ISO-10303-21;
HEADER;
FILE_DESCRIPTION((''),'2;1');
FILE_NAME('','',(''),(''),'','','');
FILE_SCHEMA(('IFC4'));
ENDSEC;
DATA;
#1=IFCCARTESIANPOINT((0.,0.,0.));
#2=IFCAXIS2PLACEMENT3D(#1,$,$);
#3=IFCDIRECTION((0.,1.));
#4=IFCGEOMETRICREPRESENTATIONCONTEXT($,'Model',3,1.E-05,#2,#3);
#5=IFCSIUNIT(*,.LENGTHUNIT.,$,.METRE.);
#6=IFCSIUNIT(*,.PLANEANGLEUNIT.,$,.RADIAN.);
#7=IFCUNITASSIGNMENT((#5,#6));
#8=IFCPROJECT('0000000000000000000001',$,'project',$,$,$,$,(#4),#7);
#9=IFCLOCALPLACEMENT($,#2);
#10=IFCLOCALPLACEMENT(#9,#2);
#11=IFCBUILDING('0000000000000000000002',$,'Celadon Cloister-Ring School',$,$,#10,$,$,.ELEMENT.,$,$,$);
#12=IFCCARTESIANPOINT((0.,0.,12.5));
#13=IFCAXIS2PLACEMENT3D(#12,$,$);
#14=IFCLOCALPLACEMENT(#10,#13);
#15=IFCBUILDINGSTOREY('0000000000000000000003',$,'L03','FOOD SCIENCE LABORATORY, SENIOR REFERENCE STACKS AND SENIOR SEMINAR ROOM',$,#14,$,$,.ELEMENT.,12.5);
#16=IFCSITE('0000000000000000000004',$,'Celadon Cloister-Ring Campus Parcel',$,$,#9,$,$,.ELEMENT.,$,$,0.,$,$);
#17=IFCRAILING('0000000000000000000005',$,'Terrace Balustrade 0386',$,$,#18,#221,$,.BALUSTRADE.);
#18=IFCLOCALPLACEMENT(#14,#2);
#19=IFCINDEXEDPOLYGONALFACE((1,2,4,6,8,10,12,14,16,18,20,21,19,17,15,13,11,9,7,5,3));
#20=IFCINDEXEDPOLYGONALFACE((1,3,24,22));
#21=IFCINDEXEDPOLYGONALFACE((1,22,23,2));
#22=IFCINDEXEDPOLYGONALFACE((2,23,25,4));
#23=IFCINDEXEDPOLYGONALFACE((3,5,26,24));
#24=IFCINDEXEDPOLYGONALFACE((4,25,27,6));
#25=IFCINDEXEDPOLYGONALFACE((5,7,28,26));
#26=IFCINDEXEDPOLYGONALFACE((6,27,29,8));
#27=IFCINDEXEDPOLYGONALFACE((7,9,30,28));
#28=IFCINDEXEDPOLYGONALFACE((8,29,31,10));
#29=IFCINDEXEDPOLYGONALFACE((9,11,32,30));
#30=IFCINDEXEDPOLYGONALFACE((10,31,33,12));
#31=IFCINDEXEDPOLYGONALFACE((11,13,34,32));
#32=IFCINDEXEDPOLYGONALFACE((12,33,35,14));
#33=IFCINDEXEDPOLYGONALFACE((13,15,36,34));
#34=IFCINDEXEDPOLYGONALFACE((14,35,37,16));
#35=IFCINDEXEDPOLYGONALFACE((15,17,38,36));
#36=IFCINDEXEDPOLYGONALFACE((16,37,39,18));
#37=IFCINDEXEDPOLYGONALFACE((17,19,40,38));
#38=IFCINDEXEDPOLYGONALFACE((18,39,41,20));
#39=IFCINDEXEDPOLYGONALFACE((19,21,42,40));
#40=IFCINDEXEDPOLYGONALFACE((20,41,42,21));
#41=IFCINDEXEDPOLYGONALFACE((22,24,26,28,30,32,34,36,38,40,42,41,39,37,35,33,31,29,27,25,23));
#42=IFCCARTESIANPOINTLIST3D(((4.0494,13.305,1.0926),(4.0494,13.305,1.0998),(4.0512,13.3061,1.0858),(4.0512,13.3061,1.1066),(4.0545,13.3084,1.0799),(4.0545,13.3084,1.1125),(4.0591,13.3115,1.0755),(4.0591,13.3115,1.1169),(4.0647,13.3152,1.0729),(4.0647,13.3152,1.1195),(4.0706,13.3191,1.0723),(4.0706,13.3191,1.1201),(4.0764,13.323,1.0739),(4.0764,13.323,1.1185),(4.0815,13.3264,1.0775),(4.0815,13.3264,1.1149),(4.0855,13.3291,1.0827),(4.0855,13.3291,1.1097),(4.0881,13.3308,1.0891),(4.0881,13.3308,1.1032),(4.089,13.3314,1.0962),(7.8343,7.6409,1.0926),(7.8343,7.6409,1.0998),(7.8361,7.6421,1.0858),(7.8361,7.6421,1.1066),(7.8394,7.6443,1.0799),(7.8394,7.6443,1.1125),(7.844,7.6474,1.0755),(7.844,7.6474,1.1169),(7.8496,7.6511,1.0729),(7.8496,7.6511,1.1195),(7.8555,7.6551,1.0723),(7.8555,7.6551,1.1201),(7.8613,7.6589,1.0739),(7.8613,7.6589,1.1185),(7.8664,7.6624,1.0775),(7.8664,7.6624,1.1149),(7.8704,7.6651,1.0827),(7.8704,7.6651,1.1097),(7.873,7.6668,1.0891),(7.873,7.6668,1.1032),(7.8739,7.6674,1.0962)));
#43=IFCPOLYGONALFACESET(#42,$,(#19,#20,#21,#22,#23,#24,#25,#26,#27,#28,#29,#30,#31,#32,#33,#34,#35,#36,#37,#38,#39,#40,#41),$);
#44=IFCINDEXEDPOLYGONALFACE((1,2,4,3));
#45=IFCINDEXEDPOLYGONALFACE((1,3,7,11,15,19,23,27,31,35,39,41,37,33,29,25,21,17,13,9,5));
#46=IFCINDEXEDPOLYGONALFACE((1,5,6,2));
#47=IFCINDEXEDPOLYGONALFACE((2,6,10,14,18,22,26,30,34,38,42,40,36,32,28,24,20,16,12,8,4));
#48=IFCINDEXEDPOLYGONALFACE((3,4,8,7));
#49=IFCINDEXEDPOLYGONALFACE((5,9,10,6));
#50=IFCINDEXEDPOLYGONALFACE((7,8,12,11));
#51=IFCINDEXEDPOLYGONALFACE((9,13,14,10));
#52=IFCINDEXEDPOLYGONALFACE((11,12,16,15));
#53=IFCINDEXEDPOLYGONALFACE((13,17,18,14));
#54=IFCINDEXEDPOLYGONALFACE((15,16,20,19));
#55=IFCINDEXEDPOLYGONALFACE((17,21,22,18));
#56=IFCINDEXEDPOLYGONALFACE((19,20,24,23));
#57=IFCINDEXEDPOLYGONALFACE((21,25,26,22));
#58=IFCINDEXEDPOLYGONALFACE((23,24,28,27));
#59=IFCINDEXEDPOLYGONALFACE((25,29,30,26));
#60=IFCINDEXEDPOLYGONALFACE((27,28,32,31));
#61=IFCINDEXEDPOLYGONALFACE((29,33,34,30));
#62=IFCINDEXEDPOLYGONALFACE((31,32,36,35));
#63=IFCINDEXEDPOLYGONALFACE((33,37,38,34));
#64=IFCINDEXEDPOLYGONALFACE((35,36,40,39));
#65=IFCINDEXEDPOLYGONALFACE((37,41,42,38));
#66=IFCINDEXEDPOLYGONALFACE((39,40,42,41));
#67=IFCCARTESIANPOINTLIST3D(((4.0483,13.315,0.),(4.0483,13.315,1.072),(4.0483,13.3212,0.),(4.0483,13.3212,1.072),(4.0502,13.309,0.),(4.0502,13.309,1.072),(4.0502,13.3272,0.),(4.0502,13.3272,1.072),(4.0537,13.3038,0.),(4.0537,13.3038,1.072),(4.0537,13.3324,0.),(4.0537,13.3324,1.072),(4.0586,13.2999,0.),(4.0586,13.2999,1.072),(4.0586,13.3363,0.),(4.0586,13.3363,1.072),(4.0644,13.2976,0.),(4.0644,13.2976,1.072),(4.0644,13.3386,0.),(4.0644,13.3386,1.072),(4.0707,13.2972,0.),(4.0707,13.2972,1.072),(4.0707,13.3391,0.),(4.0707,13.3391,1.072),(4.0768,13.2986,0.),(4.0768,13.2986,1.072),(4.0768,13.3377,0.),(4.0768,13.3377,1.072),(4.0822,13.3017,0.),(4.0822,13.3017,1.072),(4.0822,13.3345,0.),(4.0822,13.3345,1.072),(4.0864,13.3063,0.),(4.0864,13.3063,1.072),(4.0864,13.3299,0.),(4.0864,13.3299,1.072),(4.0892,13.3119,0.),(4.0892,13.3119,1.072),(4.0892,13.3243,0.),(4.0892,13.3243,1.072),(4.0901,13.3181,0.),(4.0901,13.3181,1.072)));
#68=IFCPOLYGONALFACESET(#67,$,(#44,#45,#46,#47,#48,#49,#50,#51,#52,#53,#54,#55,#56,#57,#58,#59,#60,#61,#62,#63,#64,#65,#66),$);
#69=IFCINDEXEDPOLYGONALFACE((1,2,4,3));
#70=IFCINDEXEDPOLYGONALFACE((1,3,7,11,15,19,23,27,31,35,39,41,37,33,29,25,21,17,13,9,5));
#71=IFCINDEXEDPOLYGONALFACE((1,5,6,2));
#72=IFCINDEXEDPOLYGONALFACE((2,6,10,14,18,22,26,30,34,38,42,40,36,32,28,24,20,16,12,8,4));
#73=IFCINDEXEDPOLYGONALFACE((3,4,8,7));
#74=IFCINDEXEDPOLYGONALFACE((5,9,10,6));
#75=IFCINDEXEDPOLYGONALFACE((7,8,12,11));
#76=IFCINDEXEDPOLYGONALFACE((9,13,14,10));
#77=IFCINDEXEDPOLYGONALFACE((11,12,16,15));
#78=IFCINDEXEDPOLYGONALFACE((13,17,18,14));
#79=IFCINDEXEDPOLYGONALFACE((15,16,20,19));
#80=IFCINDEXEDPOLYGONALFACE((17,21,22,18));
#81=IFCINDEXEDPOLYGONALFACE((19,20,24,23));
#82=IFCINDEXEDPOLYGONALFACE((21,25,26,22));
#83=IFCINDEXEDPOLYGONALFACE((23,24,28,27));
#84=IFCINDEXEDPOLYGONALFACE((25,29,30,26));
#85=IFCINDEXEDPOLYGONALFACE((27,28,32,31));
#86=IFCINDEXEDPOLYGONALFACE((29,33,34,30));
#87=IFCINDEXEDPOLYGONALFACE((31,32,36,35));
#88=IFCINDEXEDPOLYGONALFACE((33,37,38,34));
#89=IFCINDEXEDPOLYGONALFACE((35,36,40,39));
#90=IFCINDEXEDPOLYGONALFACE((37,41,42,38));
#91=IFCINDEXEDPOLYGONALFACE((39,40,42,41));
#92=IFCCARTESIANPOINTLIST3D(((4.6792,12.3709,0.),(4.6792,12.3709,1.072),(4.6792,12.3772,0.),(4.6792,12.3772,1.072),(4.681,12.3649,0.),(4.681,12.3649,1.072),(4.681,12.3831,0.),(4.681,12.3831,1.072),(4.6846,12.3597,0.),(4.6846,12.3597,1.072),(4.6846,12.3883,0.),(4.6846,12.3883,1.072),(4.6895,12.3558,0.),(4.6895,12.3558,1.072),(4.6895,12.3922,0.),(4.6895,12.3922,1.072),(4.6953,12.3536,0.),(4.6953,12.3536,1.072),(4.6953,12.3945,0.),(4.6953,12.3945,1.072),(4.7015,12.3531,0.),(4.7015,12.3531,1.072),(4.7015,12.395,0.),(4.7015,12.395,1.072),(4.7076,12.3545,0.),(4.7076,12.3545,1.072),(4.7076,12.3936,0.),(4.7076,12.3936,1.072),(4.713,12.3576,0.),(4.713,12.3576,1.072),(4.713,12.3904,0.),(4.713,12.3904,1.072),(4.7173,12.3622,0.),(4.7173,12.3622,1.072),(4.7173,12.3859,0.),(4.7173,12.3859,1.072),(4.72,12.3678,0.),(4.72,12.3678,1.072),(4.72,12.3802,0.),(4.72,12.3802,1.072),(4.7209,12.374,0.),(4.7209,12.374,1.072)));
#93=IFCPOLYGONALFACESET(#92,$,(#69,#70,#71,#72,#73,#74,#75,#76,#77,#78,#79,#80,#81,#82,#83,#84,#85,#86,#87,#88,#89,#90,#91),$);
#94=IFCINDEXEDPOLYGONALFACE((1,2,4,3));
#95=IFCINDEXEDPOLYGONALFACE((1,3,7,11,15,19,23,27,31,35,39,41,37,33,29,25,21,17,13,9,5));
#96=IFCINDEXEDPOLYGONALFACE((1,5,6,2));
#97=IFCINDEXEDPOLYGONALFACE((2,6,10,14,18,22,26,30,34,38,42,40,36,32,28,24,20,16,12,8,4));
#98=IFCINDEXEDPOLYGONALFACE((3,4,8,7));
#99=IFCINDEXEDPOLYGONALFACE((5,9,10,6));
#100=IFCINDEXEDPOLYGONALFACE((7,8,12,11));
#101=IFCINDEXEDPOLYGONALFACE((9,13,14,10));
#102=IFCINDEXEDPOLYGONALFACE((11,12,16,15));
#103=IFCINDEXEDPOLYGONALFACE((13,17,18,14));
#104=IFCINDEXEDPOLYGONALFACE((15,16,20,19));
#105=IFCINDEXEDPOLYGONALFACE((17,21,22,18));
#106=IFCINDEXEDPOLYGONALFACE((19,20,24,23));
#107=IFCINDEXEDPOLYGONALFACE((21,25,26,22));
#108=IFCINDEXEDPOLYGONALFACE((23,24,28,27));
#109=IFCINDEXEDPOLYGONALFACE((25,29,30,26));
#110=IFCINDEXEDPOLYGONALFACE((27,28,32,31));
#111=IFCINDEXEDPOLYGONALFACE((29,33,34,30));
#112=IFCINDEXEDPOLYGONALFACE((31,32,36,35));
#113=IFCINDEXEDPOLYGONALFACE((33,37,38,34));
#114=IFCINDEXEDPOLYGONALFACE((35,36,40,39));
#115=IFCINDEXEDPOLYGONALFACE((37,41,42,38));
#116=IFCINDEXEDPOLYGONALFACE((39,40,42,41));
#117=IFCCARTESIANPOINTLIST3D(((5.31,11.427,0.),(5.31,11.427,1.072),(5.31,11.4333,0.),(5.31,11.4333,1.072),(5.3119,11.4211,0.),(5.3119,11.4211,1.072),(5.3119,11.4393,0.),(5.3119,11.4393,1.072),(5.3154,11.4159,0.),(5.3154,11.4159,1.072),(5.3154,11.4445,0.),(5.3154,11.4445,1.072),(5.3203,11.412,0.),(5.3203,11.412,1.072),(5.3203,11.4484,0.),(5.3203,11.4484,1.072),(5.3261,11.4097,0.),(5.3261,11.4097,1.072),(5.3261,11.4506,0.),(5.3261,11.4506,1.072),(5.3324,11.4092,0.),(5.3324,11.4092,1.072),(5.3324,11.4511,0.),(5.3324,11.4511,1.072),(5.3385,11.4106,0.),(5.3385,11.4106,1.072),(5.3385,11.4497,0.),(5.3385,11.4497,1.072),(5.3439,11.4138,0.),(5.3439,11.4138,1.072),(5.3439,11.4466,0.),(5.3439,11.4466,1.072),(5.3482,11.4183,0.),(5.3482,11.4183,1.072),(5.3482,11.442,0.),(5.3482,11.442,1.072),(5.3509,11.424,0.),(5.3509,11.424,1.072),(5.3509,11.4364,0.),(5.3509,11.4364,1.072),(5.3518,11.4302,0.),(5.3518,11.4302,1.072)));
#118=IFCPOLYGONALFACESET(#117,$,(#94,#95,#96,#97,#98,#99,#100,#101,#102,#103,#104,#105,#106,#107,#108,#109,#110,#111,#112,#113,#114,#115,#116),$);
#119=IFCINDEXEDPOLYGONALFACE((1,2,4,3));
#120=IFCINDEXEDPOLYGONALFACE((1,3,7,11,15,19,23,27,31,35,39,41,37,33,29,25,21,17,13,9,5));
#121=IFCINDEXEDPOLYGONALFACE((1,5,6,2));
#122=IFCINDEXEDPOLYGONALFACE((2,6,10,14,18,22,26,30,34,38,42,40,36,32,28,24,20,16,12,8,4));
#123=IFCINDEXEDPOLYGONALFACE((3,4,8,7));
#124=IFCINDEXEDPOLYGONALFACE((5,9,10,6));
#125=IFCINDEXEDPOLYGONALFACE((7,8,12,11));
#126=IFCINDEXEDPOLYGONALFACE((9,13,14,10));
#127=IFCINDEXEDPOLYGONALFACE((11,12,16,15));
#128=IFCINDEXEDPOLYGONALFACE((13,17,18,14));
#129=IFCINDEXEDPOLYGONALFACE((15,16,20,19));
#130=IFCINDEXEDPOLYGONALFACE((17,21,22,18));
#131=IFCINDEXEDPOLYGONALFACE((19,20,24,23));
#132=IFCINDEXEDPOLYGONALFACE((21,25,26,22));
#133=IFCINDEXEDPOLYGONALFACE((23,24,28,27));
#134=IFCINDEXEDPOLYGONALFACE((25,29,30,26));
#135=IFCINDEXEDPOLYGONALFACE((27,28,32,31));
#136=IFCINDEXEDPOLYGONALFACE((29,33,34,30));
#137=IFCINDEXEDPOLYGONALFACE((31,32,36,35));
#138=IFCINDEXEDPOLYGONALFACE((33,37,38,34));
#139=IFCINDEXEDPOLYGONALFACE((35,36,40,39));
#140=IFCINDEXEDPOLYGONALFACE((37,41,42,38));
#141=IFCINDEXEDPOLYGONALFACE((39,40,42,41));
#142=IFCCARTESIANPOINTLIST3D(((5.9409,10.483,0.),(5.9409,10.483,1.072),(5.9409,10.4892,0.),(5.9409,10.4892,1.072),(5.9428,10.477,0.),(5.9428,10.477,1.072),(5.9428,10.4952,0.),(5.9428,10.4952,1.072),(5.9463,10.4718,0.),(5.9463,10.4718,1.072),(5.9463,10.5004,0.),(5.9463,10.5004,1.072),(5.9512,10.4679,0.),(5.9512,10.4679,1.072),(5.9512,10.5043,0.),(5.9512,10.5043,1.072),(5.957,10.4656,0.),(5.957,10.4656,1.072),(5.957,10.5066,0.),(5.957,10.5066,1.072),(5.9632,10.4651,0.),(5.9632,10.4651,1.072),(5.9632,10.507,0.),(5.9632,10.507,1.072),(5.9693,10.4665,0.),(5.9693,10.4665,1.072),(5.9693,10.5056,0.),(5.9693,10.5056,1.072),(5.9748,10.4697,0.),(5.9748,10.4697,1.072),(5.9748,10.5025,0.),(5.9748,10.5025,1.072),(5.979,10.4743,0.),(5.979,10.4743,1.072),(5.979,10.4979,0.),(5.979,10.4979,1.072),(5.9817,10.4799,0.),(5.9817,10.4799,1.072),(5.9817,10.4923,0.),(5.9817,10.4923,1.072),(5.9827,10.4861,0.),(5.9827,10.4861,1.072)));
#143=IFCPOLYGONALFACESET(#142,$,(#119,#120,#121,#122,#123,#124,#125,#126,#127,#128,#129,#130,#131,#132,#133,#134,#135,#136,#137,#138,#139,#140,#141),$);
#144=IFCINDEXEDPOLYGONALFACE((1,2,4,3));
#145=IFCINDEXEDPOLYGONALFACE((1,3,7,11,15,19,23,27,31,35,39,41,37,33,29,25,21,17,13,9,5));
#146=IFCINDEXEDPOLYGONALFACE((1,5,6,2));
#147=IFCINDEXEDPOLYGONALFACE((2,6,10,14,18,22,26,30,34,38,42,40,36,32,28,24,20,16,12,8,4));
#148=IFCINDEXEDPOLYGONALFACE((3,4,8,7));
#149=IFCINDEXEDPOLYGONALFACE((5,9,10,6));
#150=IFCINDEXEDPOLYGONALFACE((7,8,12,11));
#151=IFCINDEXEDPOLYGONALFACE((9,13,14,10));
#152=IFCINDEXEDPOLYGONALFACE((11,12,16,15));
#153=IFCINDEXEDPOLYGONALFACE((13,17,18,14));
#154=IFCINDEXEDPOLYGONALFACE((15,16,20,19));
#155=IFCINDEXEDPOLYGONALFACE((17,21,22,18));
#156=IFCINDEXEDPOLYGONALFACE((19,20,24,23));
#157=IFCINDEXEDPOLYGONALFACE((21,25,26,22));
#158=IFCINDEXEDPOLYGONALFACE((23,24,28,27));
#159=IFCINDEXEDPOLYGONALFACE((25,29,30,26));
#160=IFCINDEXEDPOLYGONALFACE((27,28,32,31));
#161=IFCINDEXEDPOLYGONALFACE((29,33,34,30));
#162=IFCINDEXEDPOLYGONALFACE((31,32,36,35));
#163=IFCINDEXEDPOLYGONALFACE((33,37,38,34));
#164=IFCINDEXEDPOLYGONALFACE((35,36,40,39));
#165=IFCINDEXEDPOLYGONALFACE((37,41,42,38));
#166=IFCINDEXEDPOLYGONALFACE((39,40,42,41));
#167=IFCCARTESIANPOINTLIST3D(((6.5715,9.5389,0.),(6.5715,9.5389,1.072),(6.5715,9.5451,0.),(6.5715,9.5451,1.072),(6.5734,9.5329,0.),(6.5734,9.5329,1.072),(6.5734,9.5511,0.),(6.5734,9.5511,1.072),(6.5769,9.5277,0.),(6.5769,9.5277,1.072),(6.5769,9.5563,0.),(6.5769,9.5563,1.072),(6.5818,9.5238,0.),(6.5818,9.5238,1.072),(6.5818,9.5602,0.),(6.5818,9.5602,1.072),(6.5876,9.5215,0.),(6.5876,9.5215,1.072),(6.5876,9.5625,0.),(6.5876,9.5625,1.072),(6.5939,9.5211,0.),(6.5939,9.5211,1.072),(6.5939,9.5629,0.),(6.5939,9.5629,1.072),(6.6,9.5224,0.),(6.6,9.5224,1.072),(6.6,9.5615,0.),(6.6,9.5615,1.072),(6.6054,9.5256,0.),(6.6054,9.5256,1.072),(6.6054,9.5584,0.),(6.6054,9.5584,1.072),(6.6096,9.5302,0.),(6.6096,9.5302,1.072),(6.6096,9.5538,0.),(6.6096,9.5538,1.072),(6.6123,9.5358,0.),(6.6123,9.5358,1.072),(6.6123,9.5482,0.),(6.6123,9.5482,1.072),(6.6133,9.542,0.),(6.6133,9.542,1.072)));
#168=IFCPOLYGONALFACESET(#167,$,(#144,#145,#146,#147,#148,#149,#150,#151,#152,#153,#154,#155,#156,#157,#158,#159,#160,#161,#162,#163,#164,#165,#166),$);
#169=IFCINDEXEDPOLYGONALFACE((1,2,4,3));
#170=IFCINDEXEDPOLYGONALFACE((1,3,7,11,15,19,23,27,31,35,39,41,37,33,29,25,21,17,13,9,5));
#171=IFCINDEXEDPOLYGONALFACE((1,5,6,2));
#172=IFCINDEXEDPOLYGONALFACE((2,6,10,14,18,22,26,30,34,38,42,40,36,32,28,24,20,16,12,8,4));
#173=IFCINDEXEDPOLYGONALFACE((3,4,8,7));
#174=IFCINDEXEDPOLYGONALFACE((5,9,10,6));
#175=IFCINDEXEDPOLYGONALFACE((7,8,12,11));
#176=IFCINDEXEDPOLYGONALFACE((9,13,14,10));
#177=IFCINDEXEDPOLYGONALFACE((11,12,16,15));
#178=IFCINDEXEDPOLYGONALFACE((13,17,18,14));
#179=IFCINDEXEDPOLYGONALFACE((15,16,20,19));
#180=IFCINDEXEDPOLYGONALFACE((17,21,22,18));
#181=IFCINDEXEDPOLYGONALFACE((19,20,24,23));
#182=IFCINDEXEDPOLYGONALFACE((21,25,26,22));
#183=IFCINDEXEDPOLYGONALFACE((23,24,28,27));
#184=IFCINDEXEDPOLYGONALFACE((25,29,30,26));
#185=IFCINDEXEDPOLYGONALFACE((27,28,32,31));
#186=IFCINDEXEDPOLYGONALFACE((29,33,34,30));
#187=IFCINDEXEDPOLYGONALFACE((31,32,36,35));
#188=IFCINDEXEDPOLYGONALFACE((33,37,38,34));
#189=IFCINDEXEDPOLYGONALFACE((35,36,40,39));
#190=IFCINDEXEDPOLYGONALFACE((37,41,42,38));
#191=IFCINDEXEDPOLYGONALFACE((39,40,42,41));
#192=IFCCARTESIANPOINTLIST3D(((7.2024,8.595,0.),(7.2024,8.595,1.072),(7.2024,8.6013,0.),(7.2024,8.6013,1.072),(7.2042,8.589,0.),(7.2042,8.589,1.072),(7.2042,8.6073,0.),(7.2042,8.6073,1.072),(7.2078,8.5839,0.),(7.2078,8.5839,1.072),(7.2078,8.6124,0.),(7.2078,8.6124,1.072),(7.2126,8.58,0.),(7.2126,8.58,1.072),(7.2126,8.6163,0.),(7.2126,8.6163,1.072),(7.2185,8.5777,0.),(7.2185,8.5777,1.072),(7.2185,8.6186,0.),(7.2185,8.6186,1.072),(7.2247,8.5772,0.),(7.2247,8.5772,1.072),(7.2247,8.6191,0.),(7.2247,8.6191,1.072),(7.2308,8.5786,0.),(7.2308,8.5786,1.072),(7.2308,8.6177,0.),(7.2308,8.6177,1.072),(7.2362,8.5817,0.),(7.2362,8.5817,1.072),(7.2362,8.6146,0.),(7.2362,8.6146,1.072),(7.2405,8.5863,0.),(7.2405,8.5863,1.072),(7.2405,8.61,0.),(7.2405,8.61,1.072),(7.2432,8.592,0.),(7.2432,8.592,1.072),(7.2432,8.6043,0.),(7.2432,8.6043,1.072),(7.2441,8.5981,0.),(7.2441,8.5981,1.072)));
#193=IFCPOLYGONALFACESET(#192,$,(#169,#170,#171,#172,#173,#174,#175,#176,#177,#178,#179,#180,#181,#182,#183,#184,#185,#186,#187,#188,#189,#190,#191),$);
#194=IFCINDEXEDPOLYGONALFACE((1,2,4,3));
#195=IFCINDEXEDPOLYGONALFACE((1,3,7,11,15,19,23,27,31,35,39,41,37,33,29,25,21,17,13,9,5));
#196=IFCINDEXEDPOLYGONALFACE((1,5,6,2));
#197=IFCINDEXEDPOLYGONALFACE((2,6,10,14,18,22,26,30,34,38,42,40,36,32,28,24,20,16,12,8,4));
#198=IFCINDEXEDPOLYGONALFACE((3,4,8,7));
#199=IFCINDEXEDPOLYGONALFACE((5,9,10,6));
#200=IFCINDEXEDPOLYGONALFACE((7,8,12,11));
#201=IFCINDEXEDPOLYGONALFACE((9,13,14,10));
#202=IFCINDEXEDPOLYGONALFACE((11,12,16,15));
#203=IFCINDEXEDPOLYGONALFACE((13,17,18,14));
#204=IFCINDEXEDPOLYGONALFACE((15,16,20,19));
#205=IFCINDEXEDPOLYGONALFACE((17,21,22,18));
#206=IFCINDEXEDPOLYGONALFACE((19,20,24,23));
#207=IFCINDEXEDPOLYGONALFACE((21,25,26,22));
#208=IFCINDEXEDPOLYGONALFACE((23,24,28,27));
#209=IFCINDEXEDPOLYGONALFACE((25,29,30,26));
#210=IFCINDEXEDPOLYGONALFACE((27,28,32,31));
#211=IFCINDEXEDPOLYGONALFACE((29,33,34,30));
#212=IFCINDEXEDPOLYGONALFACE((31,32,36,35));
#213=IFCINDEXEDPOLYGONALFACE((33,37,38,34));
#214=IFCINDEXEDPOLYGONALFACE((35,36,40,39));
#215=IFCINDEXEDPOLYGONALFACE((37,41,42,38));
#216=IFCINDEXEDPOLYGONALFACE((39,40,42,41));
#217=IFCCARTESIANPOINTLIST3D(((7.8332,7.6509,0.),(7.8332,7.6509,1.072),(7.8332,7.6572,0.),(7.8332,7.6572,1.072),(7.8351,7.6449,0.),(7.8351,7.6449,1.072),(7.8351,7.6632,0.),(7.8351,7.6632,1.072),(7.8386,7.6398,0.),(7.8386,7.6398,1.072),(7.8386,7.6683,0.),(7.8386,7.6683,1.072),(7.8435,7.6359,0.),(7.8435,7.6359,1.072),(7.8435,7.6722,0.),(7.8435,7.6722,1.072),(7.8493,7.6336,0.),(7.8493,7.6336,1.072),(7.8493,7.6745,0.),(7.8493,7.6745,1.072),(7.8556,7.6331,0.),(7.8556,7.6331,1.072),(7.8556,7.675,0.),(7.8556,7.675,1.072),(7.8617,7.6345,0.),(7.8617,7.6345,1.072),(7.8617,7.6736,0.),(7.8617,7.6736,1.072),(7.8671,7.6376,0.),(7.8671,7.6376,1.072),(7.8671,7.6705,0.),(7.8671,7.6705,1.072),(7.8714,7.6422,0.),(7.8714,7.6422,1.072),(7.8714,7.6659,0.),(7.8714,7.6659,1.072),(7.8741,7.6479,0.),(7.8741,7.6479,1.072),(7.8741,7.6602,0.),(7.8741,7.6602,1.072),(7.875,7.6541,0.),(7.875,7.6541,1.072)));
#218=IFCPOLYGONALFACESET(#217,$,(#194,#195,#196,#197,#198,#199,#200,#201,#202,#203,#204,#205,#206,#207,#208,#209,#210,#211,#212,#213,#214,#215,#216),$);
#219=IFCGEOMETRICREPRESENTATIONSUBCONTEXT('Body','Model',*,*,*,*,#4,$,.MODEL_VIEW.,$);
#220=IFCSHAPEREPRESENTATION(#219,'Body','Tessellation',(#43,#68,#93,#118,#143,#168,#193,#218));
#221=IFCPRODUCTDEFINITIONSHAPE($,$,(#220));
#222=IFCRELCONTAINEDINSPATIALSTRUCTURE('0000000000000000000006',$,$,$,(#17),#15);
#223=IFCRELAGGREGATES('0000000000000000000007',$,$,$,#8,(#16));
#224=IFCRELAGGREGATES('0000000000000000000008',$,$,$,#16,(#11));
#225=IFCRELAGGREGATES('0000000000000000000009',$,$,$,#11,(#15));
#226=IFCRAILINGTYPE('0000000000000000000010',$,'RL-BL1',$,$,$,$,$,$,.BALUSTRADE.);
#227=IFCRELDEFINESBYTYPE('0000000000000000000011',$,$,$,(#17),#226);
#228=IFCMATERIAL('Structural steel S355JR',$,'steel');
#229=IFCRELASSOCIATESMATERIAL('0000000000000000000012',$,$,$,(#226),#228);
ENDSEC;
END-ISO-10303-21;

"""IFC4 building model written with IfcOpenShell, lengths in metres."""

from ifc_helpers import new_model, si_unit, direction, frame, origin, origin_2d, place, context, subcontext, project, spatial, circle, extrude, material, type_object, element, save


model = new_model("IFC4")

# Units and contexts
model_context = context("Model", 3, precision=1e-05, world=origin(), true_north=direction((0.0, 1.0)))
body_context = subcontext(model_context, "Body", "Model", "MODEL_VIEW")
ifc_project = project(units=[si_unit("LENGTHUNIT", "METRE"), si_unit("PLANEANGLEUNIT", "RADIAN")], contexts=[model_context])

# Site, building, storey
site_placement = place(None, origin())
site = spatial("IfcSite", under=ifc_project, at=site_placement, Name="Celadon Cloister-Ring Campus Parcel", CompositionType="ELEMENT", RefElevation=0.0)
building_placement = place(site_placement, origin())
building = spatial("IfcBuilding", under=site, at=building_placement, Name="Celadon Cloister-Ring School", CompositionType="ELEMENT")
storey_placement = place(building_placement, frame((0.0, 0.0, 12.5)))
storey = spatial("IfcBuildingStorey", under=building, at=storey_placement, Name="L03", Description="FOOD SCIENCE LABORATORY, SENIOR REFERENCE STACKS AND SENIOR SEMINAR ROOM", CompositionType="ELEMENT", Elevation=12.5)

# Railing
ifc_material_1 = material(Name="Structural steel S355JR", Category="steel")
railing_type = type_object("IfcRailingType", Name="RL-BL1", PredefinedType="BALUSTRADE", material=ifc_material_1)
railing_1_placement = place(storey_placement, frame((4.0691, 13.3181, 0.0)))
element("IfcRailing", 1, at=railing_1_placement, inside=storey, type_object=railing_type, Name="Terrace Balustrade 0386", PredefinedType="BALUSTRADE", context=body_context, shape_type="SweptSolid", body=[
    extrude(circle(Radius=0.0239, at=origin_2d()), frame((0.0, 0.0, 1.0962), z_axis=(0.555601, -0.831449, 0.0), x_axis=(0.831449, 0.555601, 0.0)), (0.0, 0.0, 1.0), 6.8123),
    extrude(circle(Radius=0.021, at=origin_2d()), origin(), (0.0, 0.0, 1.0), 1.072),
    extrude(circle(Radius=0.021, at=origin_2d()), frame((0.6309, -0.9441, 0.0)), (0.0, 0.0, 1.0), 1.072),
    extrude(circle(Radius=0.021, at=origin_2d()), frame((1.2617, -1.8879, 0.0)), (0.0, 0.0, 1.0), 1.072),
    extrude(circle(Radius=0.021, at=origin_2d()), frame((1.8926, -2.832, 0.0)), (0.0, 0.0, 1.0), 1.072),
    extrude(circle(Radius=0.021, at=origin_2d()), frame((2.5232, -3.7761, 0.0)), (0.0, 0.0, 1.0), 1.072),
    extrude(circle(Radius=0.021, at=origin_2d()), frame((3.1541, -4.72, 0.0)), (0.0, 0.0, 1.0), 1.072),
    extrude(circle(Radius=0.021, at=origin_2d()), frame((3.7849, -5.6641, 0.0)), (0.0, 0.0, 1.0), 1.072),
])

save(model, "model.ifc")
